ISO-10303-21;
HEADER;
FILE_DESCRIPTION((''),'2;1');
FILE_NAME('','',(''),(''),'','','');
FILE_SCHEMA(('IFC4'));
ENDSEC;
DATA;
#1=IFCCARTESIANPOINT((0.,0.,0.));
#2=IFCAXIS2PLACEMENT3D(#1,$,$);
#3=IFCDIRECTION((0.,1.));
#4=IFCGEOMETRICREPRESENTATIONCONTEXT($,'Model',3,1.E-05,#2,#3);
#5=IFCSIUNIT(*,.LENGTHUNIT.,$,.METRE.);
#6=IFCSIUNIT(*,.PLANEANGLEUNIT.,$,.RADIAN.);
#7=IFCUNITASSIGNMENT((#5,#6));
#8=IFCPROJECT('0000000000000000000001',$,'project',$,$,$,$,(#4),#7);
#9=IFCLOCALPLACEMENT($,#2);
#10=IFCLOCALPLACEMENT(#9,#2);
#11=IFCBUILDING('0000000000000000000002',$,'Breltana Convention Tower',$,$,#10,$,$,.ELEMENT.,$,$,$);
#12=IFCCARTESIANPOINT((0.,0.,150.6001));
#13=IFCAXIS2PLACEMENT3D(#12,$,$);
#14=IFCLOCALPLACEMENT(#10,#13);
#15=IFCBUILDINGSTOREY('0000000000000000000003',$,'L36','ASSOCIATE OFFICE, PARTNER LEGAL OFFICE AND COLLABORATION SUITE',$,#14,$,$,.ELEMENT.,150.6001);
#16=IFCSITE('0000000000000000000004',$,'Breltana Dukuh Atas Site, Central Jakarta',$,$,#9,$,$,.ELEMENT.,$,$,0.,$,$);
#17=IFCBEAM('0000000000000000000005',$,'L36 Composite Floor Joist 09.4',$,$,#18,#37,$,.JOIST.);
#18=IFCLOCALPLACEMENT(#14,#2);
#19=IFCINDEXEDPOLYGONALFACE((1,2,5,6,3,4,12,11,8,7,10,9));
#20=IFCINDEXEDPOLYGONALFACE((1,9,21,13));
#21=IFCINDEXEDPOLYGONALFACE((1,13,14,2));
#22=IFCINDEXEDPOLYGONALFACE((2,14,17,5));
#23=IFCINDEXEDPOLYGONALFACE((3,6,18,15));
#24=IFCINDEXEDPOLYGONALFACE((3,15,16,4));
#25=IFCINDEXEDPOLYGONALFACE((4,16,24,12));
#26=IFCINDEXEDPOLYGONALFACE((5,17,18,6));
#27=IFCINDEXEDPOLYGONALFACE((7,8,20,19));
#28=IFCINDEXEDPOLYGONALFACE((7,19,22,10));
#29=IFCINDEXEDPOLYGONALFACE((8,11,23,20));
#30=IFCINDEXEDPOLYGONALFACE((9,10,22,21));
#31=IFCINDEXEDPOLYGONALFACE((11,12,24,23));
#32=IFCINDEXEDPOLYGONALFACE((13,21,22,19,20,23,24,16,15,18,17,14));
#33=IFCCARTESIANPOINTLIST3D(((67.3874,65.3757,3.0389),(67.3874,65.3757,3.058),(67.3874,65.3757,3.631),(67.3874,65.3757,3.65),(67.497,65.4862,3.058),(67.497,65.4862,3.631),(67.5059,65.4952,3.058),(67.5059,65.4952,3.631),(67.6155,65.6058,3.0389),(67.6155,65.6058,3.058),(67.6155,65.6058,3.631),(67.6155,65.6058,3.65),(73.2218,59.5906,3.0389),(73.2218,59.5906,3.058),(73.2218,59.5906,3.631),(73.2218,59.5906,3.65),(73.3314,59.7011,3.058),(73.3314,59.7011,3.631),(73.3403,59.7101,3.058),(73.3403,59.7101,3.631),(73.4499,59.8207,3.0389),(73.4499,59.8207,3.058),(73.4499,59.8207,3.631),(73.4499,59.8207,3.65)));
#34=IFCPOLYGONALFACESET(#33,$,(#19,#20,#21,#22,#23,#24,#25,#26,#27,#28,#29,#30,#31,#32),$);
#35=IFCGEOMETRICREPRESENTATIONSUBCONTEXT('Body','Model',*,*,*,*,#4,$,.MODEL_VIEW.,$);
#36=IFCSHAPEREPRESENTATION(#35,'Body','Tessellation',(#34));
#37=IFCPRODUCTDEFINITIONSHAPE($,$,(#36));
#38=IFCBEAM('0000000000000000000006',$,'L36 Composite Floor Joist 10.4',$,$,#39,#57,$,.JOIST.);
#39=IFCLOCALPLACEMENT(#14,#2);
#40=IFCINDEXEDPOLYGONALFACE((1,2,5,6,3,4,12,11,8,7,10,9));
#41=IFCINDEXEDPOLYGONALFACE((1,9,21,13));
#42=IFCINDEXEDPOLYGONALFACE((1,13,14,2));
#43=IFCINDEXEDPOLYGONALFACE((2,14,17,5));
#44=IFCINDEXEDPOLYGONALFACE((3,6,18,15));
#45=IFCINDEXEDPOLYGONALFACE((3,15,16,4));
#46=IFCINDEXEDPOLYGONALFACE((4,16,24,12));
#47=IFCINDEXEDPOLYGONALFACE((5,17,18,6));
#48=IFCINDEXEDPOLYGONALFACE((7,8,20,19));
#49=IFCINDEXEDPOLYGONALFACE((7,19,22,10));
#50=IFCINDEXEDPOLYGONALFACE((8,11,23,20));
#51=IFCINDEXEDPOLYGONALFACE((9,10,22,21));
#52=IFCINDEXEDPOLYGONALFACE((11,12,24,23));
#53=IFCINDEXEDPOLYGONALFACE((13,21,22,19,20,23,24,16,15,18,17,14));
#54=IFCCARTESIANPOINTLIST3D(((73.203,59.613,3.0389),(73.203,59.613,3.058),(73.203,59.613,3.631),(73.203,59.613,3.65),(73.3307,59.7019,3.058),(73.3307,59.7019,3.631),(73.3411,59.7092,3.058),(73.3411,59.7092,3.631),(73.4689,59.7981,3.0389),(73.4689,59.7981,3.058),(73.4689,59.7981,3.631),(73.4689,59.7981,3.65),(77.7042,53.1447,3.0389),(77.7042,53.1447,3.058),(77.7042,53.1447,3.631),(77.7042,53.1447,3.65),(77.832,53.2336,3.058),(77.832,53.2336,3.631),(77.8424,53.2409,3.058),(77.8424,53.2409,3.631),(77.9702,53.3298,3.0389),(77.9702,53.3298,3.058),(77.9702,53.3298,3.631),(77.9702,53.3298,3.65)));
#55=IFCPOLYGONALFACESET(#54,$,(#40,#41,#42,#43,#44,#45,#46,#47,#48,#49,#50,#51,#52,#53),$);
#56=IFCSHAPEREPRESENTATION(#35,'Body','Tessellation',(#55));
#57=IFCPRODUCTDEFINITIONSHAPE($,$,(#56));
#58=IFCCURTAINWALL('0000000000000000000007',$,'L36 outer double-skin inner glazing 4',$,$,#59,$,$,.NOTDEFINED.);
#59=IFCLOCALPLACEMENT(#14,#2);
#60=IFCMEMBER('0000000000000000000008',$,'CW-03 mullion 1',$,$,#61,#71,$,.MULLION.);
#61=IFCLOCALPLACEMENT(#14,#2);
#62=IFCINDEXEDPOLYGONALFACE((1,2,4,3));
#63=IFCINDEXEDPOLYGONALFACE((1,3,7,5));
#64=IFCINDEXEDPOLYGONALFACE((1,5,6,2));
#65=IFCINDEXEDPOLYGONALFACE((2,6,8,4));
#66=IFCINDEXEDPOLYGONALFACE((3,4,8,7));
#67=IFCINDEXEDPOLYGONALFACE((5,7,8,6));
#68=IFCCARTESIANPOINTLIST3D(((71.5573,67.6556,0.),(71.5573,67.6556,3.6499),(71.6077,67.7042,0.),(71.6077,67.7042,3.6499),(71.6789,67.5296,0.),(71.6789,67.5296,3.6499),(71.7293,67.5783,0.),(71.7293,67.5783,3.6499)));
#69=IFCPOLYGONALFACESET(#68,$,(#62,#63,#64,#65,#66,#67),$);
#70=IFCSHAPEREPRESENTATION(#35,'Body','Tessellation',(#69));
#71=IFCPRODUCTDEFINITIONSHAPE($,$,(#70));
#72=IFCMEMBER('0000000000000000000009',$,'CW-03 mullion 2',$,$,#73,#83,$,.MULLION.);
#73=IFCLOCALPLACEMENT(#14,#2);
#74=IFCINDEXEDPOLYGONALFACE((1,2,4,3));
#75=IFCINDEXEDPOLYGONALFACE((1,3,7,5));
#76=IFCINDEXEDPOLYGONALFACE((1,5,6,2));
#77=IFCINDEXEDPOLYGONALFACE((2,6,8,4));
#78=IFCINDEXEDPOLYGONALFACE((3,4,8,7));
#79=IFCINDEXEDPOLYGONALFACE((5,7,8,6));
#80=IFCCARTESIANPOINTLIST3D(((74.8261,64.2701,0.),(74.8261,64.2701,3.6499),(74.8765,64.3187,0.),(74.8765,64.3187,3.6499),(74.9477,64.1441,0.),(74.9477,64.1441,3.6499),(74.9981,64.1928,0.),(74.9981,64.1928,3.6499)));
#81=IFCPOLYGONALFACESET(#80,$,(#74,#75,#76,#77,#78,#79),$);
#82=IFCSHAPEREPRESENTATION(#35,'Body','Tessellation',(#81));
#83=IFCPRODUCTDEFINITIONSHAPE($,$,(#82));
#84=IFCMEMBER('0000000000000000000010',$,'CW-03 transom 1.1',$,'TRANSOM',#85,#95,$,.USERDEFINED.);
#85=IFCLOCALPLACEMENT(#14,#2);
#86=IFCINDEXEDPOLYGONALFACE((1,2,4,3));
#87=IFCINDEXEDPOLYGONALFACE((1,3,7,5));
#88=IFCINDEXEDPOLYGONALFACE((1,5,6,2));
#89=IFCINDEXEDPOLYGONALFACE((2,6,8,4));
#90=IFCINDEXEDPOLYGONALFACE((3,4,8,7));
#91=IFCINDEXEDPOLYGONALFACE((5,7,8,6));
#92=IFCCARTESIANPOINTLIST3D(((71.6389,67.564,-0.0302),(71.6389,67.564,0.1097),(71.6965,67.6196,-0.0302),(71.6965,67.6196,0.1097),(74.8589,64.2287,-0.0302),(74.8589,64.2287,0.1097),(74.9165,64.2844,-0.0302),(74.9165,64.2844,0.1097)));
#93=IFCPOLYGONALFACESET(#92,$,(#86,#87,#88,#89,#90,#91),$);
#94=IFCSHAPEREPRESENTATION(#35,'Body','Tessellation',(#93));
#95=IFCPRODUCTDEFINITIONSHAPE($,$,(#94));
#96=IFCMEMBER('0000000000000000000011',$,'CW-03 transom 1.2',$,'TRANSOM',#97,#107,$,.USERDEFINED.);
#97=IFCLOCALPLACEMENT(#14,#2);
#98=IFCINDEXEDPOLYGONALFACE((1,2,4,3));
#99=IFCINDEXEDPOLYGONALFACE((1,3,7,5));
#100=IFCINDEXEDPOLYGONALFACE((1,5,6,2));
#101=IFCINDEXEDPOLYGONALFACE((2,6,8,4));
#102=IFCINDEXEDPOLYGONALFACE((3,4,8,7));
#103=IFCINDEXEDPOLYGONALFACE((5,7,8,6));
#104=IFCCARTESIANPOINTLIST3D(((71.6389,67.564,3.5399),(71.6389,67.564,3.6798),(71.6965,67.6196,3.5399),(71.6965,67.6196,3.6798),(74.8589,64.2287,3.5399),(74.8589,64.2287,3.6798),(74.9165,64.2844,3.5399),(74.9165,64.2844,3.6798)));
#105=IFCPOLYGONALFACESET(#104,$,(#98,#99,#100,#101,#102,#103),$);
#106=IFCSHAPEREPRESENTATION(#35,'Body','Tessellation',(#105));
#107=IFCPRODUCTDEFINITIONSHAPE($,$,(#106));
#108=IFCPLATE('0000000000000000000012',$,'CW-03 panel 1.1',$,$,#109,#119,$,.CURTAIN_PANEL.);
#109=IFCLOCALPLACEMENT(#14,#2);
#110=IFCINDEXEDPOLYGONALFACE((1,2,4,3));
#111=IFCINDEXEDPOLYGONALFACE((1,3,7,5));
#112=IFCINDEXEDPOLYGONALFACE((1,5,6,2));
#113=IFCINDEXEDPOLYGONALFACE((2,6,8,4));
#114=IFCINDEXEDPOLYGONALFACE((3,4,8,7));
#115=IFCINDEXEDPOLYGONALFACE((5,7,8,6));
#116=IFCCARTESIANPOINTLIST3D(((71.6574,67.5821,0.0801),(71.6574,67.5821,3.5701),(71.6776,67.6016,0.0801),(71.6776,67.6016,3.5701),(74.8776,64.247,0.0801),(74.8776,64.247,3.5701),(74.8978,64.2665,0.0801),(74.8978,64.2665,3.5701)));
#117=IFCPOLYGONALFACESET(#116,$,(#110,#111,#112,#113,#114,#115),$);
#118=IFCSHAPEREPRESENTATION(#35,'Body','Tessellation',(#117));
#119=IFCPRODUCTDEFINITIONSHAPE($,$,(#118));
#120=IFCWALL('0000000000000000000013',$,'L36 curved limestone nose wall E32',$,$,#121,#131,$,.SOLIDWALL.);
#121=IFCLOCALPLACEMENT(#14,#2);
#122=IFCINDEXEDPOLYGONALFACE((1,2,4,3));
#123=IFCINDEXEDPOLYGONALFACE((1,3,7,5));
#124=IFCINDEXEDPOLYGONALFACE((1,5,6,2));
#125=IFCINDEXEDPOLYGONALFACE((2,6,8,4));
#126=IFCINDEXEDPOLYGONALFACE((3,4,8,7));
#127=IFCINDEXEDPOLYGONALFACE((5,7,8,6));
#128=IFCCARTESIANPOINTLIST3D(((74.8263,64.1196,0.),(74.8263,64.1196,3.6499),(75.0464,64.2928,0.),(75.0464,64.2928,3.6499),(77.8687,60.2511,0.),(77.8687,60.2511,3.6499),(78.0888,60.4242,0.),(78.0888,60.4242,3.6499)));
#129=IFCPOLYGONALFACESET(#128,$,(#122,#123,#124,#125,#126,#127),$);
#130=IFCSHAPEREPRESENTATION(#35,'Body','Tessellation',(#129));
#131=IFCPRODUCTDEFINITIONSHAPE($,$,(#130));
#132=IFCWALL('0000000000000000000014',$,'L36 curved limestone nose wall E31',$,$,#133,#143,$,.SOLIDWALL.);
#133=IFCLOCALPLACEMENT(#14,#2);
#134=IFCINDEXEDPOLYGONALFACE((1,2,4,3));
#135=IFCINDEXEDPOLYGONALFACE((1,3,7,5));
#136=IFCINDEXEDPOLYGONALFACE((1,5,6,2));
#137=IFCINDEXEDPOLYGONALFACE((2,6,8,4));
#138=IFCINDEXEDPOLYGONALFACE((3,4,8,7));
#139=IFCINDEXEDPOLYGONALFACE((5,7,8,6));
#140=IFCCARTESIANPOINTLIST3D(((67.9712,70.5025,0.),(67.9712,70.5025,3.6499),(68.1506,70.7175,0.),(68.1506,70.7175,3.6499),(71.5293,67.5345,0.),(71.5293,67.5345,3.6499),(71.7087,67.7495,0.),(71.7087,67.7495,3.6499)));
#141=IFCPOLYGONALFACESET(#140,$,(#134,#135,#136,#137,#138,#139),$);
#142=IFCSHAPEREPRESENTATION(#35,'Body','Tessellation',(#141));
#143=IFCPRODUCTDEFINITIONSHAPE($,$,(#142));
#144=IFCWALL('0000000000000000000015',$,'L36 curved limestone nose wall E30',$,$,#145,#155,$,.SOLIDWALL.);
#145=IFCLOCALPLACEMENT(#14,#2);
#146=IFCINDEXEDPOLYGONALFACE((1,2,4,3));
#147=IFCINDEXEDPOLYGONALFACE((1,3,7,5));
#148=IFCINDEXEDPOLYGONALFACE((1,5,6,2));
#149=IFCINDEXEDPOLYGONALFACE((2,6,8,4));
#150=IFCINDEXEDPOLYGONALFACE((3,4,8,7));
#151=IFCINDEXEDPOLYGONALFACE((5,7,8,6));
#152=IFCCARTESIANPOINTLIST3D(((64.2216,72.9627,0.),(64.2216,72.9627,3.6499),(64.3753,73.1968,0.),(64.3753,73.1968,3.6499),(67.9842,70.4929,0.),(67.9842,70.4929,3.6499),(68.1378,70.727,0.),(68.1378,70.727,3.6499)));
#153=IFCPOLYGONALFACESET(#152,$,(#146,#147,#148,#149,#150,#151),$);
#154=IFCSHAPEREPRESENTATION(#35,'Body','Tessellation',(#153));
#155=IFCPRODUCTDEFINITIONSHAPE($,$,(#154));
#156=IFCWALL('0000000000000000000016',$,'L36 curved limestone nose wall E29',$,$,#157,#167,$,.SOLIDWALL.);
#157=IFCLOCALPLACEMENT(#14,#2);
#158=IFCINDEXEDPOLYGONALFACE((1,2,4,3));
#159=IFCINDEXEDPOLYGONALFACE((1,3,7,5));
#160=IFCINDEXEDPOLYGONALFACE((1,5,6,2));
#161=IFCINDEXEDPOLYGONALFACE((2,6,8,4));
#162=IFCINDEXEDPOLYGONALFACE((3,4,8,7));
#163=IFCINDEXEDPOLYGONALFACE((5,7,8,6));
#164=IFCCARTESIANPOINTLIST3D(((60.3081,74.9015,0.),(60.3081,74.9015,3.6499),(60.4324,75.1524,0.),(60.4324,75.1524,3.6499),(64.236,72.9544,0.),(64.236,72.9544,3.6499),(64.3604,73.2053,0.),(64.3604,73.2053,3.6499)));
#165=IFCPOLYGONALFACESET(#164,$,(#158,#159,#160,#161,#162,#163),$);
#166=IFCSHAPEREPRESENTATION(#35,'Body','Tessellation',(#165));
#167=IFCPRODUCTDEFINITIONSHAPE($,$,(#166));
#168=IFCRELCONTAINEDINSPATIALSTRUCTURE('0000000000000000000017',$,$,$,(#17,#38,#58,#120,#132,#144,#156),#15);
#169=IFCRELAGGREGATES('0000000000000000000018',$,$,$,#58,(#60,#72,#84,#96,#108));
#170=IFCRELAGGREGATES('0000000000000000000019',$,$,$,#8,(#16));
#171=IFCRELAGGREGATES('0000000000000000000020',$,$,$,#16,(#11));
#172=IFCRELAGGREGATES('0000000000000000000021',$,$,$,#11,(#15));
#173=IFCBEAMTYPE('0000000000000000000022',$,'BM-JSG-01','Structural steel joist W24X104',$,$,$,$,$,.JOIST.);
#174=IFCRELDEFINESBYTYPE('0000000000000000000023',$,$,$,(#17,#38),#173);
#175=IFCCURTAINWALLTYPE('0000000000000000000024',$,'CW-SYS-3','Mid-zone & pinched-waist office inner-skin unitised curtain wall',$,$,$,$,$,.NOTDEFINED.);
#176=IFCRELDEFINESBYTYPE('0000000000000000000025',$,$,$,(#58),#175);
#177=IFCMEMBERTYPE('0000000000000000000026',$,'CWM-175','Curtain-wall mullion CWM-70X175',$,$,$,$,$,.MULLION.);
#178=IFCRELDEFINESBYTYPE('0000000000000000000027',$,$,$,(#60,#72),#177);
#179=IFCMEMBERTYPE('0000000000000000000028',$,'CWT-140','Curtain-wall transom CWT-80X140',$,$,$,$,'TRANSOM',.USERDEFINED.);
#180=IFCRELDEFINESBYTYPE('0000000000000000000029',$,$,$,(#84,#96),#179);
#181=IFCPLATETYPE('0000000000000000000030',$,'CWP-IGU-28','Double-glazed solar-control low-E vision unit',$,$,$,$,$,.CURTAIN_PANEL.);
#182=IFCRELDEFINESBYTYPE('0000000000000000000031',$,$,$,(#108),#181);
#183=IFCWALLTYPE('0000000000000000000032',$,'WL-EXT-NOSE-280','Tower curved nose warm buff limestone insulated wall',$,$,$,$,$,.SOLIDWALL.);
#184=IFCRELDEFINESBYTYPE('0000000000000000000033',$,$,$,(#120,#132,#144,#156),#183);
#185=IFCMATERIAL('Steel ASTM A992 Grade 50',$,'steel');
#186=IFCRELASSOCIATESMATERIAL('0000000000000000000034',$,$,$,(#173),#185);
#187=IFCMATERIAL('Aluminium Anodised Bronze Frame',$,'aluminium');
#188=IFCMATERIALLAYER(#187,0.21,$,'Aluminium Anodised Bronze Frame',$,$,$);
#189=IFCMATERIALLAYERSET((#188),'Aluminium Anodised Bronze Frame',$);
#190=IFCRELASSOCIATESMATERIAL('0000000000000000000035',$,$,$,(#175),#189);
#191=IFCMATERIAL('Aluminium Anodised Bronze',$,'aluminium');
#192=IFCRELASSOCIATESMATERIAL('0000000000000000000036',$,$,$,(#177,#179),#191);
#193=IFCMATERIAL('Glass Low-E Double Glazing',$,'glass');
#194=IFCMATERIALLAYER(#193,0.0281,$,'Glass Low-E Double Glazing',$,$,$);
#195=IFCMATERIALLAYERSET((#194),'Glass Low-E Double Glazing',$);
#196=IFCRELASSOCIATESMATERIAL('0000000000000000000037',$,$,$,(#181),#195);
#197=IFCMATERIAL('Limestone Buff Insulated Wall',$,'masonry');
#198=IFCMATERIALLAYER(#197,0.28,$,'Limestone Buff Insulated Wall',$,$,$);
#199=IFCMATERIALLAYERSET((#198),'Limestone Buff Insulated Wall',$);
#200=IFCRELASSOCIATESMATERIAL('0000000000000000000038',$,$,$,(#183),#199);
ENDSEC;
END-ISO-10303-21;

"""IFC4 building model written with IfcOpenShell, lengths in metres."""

from ifc_helpers import new_model, si_unit, direction, frame, frame_2d, origin, origin_2d, place, context, subcontext, project, spatial, rectangle, i_section, extrude, source, transform, mapped, material, layer, layer_set, material_profile, profile_set, type_object, element, aggregate, save


model = new_model("IFC4")

# Units and contexts
model_context = context("Model", 3, precision=1e-05, world=origin(), true_north=direction((0.0, 1.0)))
body_context = subcontext(model_context, "Body", "Model", "MODEL_VIEW")
ifc_project = project(units=[si_unit("LENGTHUNIT", "METRE"), si_unit("PLANEANGLEUNIT", "RADIAN")], contexts=[model_context])

# Site, building, storey
site_placement = place(None, origin())
site = spatial("IfcSite", under=ifc_project, at=site_placement, Name="Breltana Dukuh Atas Site, Central Jakarta", CompositionType="ELEMENT", RefElevation=0.0)
building_placement = place(site_placement, origin())
building = spatial("IfcBuilding", under=site, at=building_placement, Name="Breltana Convention Tower", CompositionType="ELEMENT")
storey_placement = place(building_placement, frame((0.0, 0.0, 150.6001)))
storey = spatial("IfcBuildingStorey", under=building, at=storey_placement, Name="L36", Description="ASSOCIATE OFFICE, PARTNER LEGAL OFFICE AND COLLABORATION SUITE", CompositionType="ELEMENT", Elevation=150.6001)

# Beams
ifc_material_1 = material(Name="Steel ASTM A992 Grade 50", Category="steel")
ifc_material_profile_1 = material_profile(ifc_material_1, i_section(OverallWidth=0.324, OverallDepth=0.6111, WebThickness=0.0127, FlangeThickness=0.019, at=origin_2d()), Name="W24X104")
ifc_profile_set_1 = profile_set([ifc_material_profile_1], Name="Steel ASTM A992 Grade 50")
beam_type_1 = type_object("IfcBeamType", Name="BM-JSG-01", Description="Structural steel joist W24X104", PredefinedType="JOIST", material=ifc_profile_set_1)
shared_shape_1 = source(origin(), body_context, "Body", "SweptSolid", [
    extrude(i_section(OverallWidth=0.324, OverallDepth=0.6111, WebThickness=0.0127, FlangeThickness=0.019, at=origin_2d()), origin(), (0.0, 0.0, 1.0), 8.2163),
])
beam_1_placement = place(storey_placement, frame((67.5015, 65.4907, 3.3445), z_axis=(0.710102, -0.704099, 0.0), x_axis=(0.704099, 0.710102, 0.0)))
element("IfcBeam", 1, at=beam_1_placement, inside=storey, type_object=beam_type_1, Name="L36 Composite Floor Joist 09.4", PredefinedType="JOIST", context=body_context, shape_type="MappedRepresentation", body=[
    mapped(shared_shape_1, transform((0.0, 0.0, 0.0), scale=1.0)),
])
shared_shape_2 = source(origin(), body_context, "Body", "SweptSolid", [
    extrude(i_section(OverallWidth=0.324, OverallDepth=0.6111, WebThickness=0.0127, FlangeThickness=0.019, at=origin_2d()), origin(), (0.0, 0.0, 1.0), 7.8804),
])
beam_2_placement = place(storey_placement, frame((73.3359, 59.7056, 3.3445), z_axis=(0.571198, -0.820812, 0.0), x_axis=(0.820812, 0.571198, 0.0)))
element("IfcBeam", 2, at=beam_2_placement, inside=storey, type_object=beam_type_1, Name="L36 Composite Floor Joist 10.4", PredefinedType="JOIST", context=body_context, shape_type="MappedRepresentation", body=[
    mapped(shared_shape_2, transform((0.0, 0.0, 0.0), scale=1.0)),
])

# Curtain wall, members, plate
ifc_material_2 = material(Name="Aluminium Anodised Bronze Frame", Category="aluminium")
ifc_layer_1 = layer(ifc_material_2, 0.21, Name="Aluminium Anodised Bronze Frame")
ifc_layer_set_1 = layer_set([ifc_layer_1], Name="Aluminium Anodised Bronze Frame")
curtain_wall_type = type_object("IfcCurtainWallType", Name="CW-SYS-3", Description="Mid-zone & pinched-waist office inner-skin unitised curtain wall", PredefinedType="NOTDEFINED", material=ifc_layer_set_1)
curtain_wall_placement = place(storey_placement, origin())
curtain_wall = element("IfcCurtainWall", 3, at=curtain_wall_placement, inside=storey, type_object=curtain_wall_type, Name="L36 outer double-skin inner glazing 4", PredefinedType="NOTDEFINED")
ifc_material_3 = material(Name="Aluminium Anodised Bronze", Category="aluminium")
ifc_material_profile_2 = material_profile(ifc_material_3, rectangle(XDim=0.0701, YDim=0.175, at=origin_2d()), Name="CWM-70X175")
ifc_profile_set_2 = profile_set([ifc_material_profile_2], Name="Aluminium Anodised Bronze")
member_type_1 = type_object("IfcMemberType", Name="CWM-175", Description="Curtain-wall mullion CWM-70X175", PredefinedType="MULLION", material=ifc_profile_set_2)
shared_shape_3 = source(origin(), body_context, "Body", "SweptSolid", [
    extrude(rectangle(XDim=0.0701, YDim=0.175, at=origin_2d()), origin(), (0.0, 0.0, 1.0), 3.6499),
])
member_1_placement = place(storey_placement, frame((71.6433, 67.6169, 0.0), z_axis=(0.0, 0.0, 1.0), x_axis=(0.719394, 0.694603, 0.0)))
member_1 = element("IfcMember", 4, at=member_1_placement, type_object=member_type_1, Name="CW-03 mullion 1", PredefinedType="MULLION", context=body_context, shape_type="MappedRepresentation", body=[
    mapped(shared_shape_3, transform((0.0, 0.0, 0.0), scale=1.0)),
])
member_2_placement = place(storey_placement, frame((74.9121, 64.2314, 0.0), z_axis=(0.0, 0.0, 1.0), x_axis=(0.719394, 0.694603, 0.0)))
member_2 = element("IfcMember", 5, at=member_2_placement, type_object=member_type_1, Name="CW-03 mullion 2", PredefinedType="MULLION", context=body_context, shape_type="MappedRepresentation", body=[
    mapped(shared_shape_3, transform((0.0, 0.0, 0.0), scale=1.0)),
])
ifc_material_profile_3 = material_profile(ifc_material_3, rectangle(XDim=0.0801, YDim=0.1399, at=origin_2d()), Name="CWT-80X140")
ifc_profile_set_3 = profile_set([ifc_material_profile_3], Name="Aluminium Anodised Bronze")
member_type_2 = type_object("IfcMemberType", Name="CWT-140", Description="Curtain-wall transom CWT-80X140", ElementType="TRANSOM", PredefinedType="USERDEFINED", material=ifc_profile_set_3)
shared_shape_4 = source(origin(), body_context, "Body", "SweptSolid", [
    extrude(rectangle(XDim=0.0801, YDim=0.1399, at=origin_2d()), origin(), (0.0, 0.0, 1.0), 4.636),
])
member_3_placement = place(storey_placement, frame((71.6677, 67.5918, 0.0398), z_axis=(0.694569, -0.719426, 0.0), x_axis=(0.719426, 0.694569, 0.0)))
member_3 = element("IfcMember", 6, at=member_3_placement, type_object=member_type_2, Name="CW-03 transom 1.1", ObjectType="TRANSOM", PredefinedType="USERDEFINED", context=body_context, shape_type="MappedRepresentation", body=[
    mapped(shared_shape_4, transform((0.0, 0.0, 0.0), scale=1.0)),
])
member_4_placement = place(storey_placement, frame((71.6677, 67.5918, 3.6099), z_axis=(0.694569, -0.719426, 0.0), x_axis=(0.719426, 0.694569, 0.0)))
member_4 = element("IfcMember", 7, at=member_4_placement, type_object=member_type_2, Name="CW-03 transom 1.2", ObjectType="TRANSOM", PredefinedType="USERDEFINED", context=body_context, shape_type="MappedRepresentation", body=[
    mapped(shared_shape_4, transform((0.0, 0.0, 0.0), scale=1.0)),
])
ifc_material_4 = material(Name="Glass Low-E Double Glazing", Category="glass")
ifc_layer_2 = layer(ifc_material_4, 0.0281, Name="Glass Low-E Double Glazing")
ifc_layer_set_2 = layer_set([ifc_layer_2], Name="Glass Low-E Double Glazing")
plate_type = type_object("IfcPlateType", Name="CWP-IGU-28", Description="Double-glazed solar-control low-E vision unit", PredefinedType="CURTAIN_PANEL", material=ifc_layer_set_2)
shared_shape_5 = source(origin(), body_context, "Body", "SweptSolid", [
    extrude(rectangle(XDim=4.636, YDim=0.0281, at=origin_2d()), origin(), (0.0, 0.0, 1.0), 3.49),
])
plate_placement = place(storey_placement, frame((73.2776, 65.9243, 0.0801), z_axis=(0.0, 0.0, 1.0), x_axis=(0.694603, -0.719394, 0.0)))
plate = element("IfcPlate", 8, at=plate_placement, type_object=plate_type, Name="CW-03 panel 1.1", PredefinedType="CURTAIN_PANEL", context=body_context, shape_type="MappedRepresentation", body=[
    mapped(shared_shape_5, transform((0.0, 0.0, 0.0), scale=1.0)),
])
aggregate(curtain_wall, [member_1, member_2, member_3, member_4, plate])

# Walls
ifc_material_5 = material(Name="Limestone Buff Insulated Wall", Category="masonry")
ifc_layer_3 = layer(ifc_material_5, 0.28, Name="Limestone Buff Insulated Wall")
ifc_layer_set_3 = layer_set([ifc_layer_3], Name="Limestone Buff Insulated Wall")
wall_type_1 = type_object("IfcWallType", Name="WL-EXT-NOSE-280", Description="Tower curved nose warm buff limestone insulated wall", PredefinedType="SOLIDWALL", material=ifc_layer_set_3)
shared_shape_6 = source(origin(), body_context, "Body", "SweptSolid", [
    extrude(rectangle(XDim=4.9216, YDim=0.28, at=frame_2d((2.4609, 0.0))), origin(), (0.0, 0.0, 1.0), 3.6499),
])
wall_1_placement = place(storey_placement, frame((74.9363, 64.2063, 0.0), z_axis=(0.0, 0.0, 1.0), x_axis=(0.618176, -0.786039, 0.0)))
element("IfcWall", 9, at=wall_1_placement, inside=storey, type_object=wall_type_1, Name="L36 curved limestone nose wall E32", PredefinedType="SOLIDWALL", context=body_context, shape_type="MappedRepresentation", body=[
    mapped(shared_shape_6, transform((0.0, 0.0, 0.0), scale=1.0)),
])
shared_shape_7 = source(origin(), body_context, "Body", "SweptSolid", [
    extrude(rectangle(XDim=4.6335, YDim=0.28, at=frame_2d((2.3169, 0.0))), origin(), (0.0, 0.0, 1.0), 3.6499),
])
wall_2_placement = place(storey_placement, frame((68.0608, 70.6101, 0.0), z_axis=(0.0, 0.0, 1.0), x_axis=(0.76791, -0.640557, 0.0)))
element("IfcWall", 10, at=wall_2_placement, inside=storey, type_object=wall_type_1, Name="L36 curved limestone nose wall E31", PredefinedType="SOLIDWALL", context=body_context, shape_type="MappedRepresentation", body=[
    mapped(shared_shape_7, transform((0.0, 0.0, 0.0), scale=1.0)),
])
shared_shape_8 = source(origin(), body_context, "Body", "SweptSolid", [
    extrude(rectangle(XDim=4.5007, YDim=0.28, at=frame_2d((2.2505, 0.0))), origin(), (0.0, 0.0, 1.0), 3.6499),
])
wall_3_placement = place(storey_placement, frame((64.2983, 73.0798, 0.0), z_axis=(0.0, 0.0, 1.0), x_axis=(0.835985, -0.548752, 0.0)))
element("IfcWall", 11, at=wall_3_placement, inside=storey, type_object=wall_type_1, Name="L36 curved limestone nose wall E30", PredefinedType="SOLIDWALL", context=body_context, shape_type="MappedRepresentation", body=[
    mapped(shared_shape_8, transform((0.0, 0.0, 0.0), scale=1.0)),
])
shared_shape_9 = source(origin(), body_context, "Body", "SweptSolid", [
    extrude(rectangle(XDim=4.384, YDim=0.28, at=frame_2d((2.1919, 0.0))), origin(), (0.0, 0.0, 1.0), 3.6499),
])
wall_4_placement = place(storey_placement, frame((60.3704, 75.0269, 0.0), z_axis=(0.0, 0.0, 1.0), x_axis=(0.89597, -0.444115, 0.0)))
element("IfcWall", 12, at=wall_4_placement, inside=storey, type_object=wall_type_1, Name="L36 curved limestone nose wall E29", PredefinedType="SOLIDWALL", context=body_context, shape_type="MappedRepresentation", body=[
    mapped(shared_shape_9, transform((0.0, 0.0, 0.0), scale=1.0)),
])

save(model, "model.ifc")
